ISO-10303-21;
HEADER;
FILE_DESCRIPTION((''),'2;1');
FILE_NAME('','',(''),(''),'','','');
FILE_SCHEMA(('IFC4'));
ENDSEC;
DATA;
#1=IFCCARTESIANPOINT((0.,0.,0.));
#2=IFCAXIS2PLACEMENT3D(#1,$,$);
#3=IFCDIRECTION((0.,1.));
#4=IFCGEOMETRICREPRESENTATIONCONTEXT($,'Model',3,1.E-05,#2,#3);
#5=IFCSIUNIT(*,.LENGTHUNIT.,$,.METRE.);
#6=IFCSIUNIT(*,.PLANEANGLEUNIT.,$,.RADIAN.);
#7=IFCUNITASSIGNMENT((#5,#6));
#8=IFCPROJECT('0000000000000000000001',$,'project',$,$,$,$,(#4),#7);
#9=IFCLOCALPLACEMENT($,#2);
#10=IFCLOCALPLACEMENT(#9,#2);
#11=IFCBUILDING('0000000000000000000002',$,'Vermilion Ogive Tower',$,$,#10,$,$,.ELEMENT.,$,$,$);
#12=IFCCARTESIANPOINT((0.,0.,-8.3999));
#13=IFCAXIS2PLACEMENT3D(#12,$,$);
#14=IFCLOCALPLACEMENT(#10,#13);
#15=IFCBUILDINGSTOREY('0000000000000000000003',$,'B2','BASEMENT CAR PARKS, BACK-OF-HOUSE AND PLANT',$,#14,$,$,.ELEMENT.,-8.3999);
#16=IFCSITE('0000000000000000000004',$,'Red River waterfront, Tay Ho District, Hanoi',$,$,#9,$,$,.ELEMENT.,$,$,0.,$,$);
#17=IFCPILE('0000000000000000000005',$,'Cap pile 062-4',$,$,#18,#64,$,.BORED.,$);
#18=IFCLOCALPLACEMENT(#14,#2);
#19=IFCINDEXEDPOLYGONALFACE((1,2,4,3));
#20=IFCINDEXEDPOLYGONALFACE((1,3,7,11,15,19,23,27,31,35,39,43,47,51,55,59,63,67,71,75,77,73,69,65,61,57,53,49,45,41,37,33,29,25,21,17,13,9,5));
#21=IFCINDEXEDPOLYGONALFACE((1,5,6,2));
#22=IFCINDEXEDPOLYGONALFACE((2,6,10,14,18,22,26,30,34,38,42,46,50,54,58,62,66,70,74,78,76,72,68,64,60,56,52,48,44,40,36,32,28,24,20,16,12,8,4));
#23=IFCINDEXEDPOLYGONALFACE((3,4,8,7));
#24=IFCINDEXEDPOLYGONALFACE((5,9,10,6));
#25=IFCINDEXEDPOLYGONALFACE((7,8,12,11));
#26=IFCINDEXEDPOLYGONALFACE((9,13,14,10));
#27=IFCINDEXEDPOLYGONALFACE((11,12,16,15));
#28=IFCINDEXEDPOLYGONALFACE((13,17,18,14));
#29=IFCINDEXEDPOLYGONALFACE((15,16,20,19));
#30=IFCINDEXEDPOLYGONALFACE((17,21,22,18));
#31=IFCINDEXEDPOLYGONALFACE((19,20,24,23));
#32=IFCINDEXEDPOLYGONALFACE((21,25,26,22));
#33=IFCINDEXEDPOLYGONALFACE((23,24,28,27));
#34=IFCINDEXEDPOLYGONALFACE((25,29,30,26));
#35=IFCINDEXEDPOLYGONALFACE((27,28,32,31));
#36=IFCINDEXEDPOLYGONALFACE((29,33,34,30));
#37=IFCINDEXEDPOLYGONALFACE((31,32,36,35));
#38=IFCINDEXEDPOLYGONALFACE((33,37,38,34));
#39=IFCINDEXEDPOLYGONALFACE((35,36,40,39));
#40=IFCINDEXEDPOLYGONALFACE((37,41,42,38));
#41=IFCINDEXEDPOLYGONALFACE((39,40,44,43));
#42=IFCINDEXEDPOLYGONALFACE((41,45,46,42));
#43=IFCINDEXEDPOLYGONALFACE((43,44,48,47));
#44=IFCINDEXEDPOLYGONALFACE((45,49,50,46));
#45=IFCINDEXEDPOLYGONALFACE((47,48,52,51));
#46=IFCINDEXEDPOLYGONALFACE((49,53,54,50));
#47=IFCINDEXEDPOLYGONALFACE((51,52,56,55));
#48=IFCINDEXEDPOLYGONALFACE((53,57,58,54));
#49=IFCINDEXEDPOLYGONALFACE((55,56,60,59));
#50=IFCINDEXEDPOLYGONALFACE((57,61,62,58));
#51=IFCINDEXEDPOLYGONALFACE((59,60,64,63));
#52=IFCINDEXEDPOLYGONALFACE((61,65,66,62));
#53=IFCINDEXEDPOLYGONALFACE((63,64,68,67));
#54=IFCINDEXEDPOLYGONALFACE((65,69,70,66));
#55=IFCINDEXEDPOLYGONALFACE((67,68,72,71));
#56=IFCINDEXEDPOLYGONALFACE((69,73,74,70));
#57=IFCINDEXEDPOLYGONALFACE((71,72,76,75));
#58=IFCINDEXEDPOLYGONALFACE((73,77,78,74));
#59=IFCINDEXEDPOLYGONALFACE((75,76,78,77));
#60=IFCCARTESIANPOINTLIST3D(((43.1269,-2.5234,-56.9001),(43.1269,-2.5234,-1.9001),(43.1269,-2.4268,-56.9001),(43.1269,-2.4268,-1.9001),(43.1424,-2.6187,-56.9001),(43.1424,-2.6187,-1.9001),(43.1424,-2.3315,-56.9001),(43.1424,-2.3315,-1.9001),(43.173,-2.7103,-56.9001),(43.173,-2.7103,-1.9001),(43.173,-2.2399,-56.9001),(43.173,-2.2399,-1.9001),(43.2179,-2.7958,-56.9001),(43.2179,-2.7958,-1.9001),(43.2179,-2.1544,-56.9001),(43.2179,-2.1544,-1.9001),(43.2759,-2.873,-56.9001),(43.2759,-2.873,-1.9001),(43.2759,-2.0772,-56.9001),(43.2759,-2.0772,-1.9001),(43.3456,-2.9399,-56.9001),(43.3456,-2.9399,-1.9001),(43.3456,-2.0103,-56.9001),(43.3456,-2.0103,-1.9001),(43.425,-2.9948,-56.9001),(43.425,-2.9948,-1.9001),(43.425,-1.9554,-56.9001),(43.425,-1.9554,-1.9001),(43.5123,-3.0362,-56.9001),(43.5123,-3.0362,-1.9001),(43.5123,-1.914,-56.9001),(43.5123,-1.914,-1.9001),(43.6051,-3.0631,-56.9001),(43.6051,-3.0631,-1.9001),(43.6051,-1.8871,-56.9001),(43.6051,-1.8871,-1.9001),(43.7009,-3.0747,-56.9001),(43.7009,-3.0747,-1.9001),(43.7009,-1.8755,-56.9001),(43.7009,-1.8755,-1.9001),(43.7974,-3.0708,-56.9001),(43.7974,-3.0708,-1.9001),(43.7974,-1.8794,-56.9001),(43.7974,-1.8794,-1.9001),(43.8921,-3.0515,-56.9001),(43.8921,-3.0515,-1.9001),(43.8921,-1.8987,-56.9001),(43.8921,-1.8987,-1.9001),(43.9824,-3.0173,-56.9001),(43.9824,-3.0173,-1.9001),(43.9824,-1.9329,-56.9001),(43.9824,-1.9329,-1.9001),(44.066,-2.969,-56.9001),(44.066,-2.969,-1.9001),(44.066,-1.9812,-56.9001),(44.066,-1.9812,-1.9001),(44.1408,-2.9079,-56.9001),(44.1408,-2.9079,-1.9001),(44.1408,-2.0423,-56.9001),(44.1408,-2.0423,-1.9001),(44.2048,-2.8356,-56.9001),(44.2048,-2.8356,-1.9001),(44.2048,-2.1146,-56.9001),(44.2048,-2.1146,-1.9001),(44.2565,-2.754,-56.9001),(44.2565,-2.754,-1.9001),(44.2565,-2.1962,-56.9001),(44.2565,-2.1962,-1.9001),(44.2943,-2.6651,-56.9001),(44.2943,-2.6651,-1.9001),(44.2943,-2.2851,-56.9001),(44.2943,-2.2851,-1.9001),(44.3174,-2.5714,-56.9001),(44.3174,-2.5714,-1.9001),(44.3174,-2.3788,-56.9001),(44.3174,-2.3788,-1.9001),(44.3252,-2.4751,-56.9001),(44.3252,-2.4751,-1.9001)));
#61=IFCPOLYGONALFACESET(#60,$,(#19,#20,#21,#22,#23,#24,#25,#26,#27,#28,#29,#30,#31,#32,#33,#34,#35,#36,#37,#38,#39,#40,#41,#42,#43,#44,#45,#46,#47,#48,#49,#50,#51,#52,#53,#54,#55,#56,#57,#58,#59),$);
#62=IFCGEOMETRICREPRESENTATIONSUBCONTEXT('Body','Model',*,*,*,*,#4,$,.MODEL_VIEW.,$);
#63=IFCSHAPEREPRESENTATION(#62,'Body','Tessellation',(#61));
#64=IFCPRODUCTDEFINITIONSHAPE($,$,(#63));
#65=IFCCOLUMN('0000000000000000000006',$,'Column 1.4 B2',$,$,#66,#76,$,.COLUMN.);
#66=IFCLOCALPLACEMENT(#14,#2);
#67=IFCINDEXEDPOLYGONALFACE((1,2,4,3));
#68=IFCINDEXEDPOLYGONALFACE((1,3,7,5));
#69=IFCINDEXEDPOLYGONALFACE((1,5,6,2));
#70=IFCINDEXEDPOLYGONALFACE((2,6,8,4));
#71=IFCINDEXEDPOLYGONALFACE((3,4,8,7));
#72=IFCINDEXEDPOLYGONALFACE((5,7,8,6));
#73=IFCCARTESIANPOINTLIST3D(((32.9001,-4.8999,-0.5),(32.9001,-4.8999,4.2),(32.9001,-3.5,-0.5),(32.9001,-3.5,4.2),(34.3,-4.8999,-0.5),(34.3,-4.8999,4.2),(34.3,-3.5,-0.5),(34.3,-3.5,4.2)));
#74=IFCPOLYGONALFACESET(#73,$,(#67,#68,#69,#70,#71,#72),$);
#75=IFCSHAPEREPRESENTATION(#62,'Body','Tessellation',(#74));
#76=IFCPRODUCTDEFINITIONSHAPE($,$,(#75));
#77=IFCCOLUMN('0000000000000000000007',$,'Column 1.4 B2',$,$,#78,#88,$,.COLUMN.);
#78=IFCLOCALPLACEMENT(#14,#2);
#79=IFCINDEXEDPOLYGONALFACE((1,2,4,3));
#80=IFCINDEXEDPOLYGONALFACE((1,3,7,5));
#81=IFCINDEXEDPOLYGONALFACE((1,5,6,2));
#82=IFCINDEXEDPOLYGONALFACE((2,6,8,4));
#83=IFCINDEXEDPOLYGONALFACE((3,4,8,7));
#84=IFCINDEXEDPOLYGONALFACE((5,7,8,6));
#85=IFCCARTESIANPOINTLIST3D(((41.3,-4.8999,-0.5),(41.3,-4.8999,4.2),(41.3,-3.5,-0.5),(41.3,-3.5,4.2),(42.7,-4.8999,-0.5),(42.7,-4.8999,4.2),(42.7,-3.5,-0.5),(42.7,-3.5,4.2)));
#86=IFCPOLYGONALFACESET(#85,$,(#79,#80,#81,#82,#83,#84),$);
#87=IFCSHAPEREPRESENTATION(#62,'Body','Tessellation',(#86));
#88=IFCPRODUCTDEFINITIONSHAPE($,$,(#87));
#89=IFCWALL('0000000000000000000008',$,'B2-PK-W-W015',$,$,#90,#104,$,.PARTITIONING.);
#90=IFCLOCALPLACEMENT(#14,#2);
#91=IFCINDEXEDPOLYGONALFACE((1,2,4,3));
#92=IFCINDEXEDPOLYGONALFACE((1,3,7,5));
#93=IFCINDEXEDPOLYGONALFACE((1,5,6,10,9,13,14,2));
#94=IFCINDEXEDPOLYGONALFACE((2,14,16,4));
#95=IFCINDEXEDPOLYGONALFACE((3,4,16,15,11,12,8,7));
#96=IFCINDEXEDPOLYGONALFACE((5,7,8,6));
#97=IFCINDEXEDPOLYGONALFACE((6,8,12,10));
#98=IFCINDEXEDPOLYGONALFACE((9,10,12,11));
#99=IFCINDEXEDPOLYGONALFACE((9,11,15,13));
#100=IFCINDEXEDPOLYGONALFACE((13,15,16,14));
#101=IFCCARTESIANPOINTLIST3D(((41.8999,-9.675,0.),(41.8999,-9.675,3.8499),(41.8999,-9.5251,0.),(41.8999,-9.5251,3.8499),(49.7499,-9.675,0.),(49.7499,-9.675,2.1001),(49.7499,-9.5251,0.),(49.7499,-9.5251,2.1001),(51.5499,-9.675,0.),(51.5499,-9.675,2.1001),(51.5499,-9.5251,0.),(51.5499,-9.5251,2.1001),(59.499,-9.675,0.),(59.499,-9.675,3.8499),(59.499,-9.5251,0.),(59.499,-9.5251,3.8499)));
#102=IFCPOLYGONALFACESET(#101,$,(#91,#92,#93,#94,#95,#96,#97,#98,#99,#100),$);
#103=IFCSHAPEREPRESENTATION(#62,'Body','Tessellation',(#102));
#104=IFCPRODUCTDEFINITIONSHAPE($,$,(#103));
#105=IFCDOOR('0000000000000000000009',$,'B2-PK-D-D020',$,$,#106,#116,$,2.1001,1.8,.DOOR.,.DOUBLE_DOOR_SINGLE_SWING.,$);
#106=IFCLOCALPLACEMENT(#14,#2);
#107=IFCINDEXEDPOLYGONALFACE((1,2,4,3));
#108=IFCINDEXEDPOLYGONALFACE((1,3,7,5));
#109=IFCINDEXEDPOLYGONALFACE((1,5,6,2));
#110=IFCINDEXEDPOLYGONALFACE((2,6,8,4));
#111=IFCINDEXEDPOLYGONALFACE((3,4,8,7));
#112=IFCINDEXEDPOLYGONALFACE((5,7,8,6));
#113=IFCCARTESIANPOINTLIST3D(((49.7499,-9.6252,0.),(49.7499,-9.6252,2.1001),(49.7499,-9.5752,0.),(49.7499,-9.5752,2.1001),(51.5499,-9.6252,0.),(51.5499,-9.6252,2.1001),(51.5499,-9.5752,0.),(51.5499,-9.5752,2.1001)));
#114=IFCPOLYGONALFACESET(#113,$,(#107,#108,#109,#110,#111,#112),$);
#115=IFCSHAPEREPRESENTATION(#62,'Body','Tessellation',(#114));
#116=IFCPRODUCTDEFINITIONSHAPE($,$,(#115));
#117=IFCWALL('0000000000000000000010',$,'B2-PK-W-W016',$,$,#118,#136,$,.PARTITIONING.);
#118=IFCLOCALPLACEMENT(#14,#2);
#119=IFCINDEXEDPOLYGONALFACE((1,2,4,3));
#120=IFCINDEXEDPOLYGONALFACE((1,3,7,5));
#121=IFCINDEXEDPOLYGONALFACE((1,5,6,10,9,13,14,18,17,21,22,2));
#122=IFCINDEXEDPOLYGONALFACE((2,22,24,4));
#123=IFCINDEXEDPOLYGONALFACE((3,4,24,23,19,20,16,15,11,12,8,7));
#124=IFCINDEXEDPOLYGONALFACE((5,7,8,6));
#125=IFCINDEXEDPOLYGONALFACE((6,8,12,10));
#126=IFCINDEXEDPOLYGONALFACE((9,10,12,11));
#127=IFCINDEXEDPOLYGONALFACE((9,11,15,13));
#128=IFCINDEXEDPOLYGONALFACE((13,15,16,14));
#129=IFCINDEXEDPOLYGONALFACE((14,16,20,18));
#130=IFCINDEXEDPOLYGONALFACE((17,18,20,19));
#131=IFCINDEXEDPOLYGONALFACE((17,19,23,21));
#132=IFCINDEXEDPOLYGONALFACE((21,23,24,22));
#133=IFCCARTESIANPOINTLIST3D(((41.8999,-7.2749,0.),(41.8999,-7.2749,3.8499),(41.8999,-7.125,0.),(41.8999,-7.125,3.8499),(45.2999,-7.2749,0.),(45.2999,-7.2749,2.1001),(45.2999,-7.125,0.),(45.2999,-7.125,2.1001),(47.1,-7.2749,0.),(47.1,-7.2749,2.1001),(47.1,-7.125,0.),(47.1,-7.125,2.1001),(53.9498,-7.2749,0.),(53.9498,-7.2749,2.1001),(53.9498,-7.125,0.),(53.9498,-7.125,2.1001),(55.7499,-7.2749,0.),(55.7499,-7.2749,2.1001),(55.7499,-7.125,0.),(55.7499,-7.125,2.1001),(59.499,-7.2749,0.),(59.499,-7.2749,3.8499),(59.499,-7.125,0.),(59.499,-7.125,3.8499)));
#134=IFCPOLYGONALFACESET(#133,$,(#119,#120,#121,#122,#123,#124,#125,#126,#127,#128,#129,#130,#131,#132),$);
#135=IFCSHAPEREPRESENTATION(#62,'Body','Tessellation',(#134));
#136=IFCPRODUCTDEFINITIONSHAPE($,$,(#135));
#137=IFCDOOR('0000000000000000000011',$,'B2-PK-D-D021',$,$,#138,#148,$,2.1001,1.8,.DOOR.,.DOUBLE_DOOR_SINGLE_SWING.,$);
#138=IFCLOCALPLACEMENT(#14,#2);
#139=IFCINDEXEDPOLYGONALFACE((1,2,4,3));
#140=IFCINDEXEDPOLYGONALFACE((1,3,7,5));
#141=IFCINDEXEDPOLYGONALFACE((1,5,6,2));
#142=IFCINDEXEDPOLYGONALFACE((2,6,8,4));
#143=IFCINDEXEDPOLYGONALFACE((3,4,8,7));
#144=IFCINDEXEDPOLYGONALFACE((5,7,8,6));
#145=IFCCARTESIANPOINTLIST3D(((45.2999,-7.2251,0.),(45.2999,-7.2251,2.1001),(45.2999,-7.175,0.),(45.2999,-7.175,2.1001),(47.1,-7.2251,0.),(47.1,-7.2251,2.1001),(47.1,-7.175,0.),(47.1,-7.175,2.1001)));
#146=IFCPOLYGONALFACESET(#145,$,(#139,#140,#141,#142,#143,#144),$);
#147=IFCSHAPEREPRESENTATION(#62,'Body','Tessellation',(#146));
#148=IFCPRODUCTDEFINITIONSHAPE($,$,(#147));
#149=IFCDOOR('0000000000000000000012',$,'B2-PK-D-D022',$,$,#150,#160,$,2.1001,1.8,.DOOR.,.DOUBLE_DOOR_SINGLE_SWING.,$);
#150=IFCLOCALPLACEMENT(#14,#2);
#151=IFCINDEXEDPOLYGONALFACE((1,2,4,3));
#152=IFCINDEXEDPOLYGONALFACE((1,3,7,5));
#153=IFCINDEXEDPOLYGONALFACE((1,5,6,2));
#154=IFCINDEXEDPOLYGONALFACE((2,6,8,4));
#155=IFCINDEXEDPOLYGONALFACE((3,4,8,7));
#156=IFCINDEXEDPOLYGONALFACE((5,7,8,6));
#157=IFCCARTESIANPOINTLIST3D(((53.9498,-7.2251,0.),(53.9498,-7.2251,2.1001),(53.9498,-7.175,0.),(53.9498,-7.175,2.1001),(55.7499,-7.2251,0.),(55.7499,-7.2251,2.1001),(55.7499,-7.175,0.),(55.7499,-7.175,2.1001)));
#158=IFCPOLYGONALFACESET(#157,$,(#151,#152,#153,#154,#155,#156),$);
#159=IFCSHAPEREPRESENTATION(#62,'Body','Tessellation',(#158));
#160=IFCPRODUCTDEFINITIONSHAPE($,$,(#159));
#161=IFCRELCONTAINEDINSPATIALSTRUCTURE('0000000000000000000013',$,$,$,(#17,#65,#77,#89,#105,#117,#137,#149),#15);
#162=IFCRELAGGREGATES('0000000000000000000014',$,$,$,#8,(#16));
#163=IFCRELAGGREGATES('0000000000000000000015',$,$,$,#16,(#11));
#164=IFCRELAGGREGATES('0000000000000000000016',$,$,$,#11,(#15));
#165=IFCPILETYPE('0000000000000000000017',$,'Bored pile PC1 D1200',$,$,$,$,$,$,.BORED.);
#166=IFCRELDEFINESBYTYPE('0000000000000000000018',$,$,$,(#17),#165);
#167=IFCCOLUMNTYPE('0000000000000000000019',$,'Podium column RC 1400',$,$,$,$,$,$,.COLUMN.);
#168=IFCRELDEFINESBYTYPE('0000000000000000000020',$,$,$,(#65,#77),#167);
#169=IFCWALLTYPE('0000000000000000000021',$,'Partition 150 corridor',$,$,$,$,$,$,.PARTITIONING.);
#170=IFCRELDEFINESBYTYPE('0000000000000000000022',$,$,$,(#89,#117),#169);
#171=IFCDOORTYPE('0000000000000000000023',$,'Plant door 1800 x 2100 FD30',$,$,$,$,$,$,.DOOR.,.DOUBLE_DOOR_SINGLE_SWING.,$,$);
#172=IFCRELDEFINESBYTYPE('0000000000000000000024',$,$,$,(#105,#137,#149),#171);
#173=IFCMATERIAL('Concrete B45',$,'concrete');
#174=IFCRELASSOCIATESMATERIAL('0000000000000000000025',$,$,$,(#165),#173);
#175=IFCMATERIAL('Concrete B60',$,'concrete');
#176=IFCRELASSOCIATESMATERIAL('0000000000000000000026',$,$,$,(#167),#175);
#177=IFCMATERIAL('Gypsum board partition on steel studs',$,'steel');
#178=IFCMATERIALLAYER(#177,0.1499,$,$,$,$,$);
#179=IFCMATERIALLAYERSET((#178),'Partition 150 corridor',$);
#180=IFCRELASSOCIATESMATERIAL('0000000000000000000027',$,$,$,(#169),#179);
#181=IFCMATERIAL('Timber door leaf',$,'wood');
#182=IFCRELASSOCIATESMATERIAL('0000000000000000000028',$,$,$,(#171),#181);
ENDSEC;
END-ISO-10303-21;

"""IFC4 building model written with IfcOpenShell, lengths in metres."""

from ifc_helpers import new_model, si_unit, direction, frame, frame_2d, origin, origin_2d, place, context, subcontext, project, spatial, rectangle, circle, extrude, material, layer, layer_set, material_profile, profile_set, type_object, element, fill, save


model = new_model("IFC4")

# Units and contexts
model_context = context("Model", 3, precision=1e-05, world=origin(), true_north=direction((0.0, 1.0)))
body_context = subcontext(model_context, "Body", "Model", "MODEL_VIEW")
ifc_project = project(units=[si_unit("LENGTHUNIT", "METRE"), si_unit("PLANEANGLEUNIT", "RADIAN")], contexts=[model_context])

# Site, building, storey
site_placement = place(None, origin())
site = spatial("IfcSite", under=ifc_project, at=site_placement, Name="Red River waterfront, Tay Ho District, Hanoi", CompositionType="ELEMENT", RefElevation=0.0)
building_placement = place(site_placement, origin())
building = spatial("IfcBuilding", under=site, at=building_placement, Name="Vermilion Ogive Tower", CompositionType="ELEMENT")
storey_placement = place(building_placement, frame((0.0, 0.0, -8.3999)))
storey = spatial("IfcBuildingStorey", under=building, at=storey_placement, Name="B2", Description="BASEMENT CAR PARKS, BACK-OF-HOUSE AND PLANT", CompositionType="ELEMENT", Elevation=-8.3999)

# Pile
ifc_material_1 = material(Name="Concrete B45", Category="concrete")
pile_type = type_object("IfcPileType", Name="Bored pile PC1 D1200", PredefinedType="BORED", material=ifc_material_1)
for number, where, z_axis, x_axis, name in (
    (1, (43.7251, -2.4751, -1.9001), (0.0, 0.0, -1.0), (1.0, 0.0, 0.0), "Cap pile 062-4"),
):
    element("IfcPile", number, at=place(storey_placement, frame(where, z_axis=z_axis, x_axis=x_axis)), inside=storey, type_object=pile_type, Name=name, PredefinedType="BORED", context=body_context, shape_type="SweptSolid", body=[
        extrude(circle(Radius=0.6001, at=origin_2d()), origin(), (0.0, 0.0, 1.0), 55.0),
    ])

# Columns
ifc_material_2 = material(Name="Concrete B60", Category="concrete")
ifc_material_profile = material_profile(ifc_material_2, rectangle(XDim=1.3999, YDim=1.3999, at=origin_2d()), Name="RC 1400x1400")
ifc_profile_set = profile_set([ifc_material_profile], Name="Concrete B60")
column_type = type_object("IfcColumnType", Name="Podium column RC 1400", PredefinedType="COLUMN", material=ifc_profile_set)
for number, where, z_axis, x_axis, name in (
    (2, (33.6001, -4.2, -0.5), (0.0, 0.0, 1.0), (1.0, 0.0, 0.0), "Column 1.4 B2"),
    (3, (42.0, -4.2, -0.5), (0.0, 0.0, 1.0), (1.0, 0.0, 0.0), "Column 1.4 B2"),
):
    element("IfcColumn", number, at=place(storey_placement, frame(where, z_axis=z_axis, x_axis=x_axis)), inside=storey, type_object=column_type, Name=name, PredefinedType="COLUMN", context=body_context, shape_type="SweptSolid", body=[
        extrude(rectangle(XDim=1.3999, YDim=1.3999, at=origin_2d()), origin(), (0.0, 0.0, 1.0), 4.7),
    ])

# Wall, opening, door
ifc_material_3 = material(Name="Gypsum board partition on steel studs", Category="steel")
ifc_layer_1 = layer(ifc_material_3, 0.1499)
ifc_layer_set_1 = layer_set([ifc_layer_1], Name="Partition 150 corridor")
wall_type_1 = type_object("IfcWallType", Name="Partition 150 corridor", PredefinedType="PARTITIONING", material=ifc_layer_set_1)
wall_1_placement = place(storey_placement, frame((41.8999, -9.6001, 0.0), z_axis=(0.0, 0.0, 1.0), x_axis=(1.0, 0.0, 0.0)))
wall_1 = element("IfcWall", 4, at=wall_1_placement, inside=storey, type_object=wall_type_1, Name="B2-PK-W-W015", PredefinedType="PARTITIONING", context=body_context, shape_type="SweptSolid", body=[
    extrude(rectangle(XDim=17.5991, YDim=0.1499, at=frame_2d((8.7996, 0.0))), origin(), (0.0, 0.0, 1.0), 3.8499),
])
opening_1_placement = place(wall_1_placement, frame((7.8501, 0.0, 0.0)))
opening_1 = element("IfcOpeningElement", 5, at=opening_1_placement, cuts=wall_1, PredefinedType="OPENING", context=body_context, shape_type="SweptSolid", body=[
    extrude(rectangle(XDim=1.8, YDim=2.1001, at=frame_2d((0.8999, 1.05))), frame((0.0, 0.085, 0.0), z_axis=(0.0, -1.0, 0.0), x_axis=(1.0, 0.0, 0.0)), (0.0, 0.0, 1.0), 0.1699),
])
ifc_material_4 = material(Name="Timber door leaf", Category="wood")
door_type_1 = type_object("IfcDoorType", Name="Plant door 1800 x 2100 FD30", OperationType="DOUBLE_DOOR_SINGLE_SWING", PredefinedType="DOOR", material=ifc_material_4)
door_1_placement = place(opening_1_placement, origin())
door_1 = element("IfcDoor", 6, at=door_1_placement, inside=storey, type_object=door_type_1, Name="B2-PK-D-D020", OperationType="DOUBLE_DOOR_SINGLE_SWING", OverallHeight=2.1001, OverallWidth=1.8, PredefinedType="DOOR", context=body_context, shape_type="SweptSolid", body=[
    extrude(rectangle(XDim=1.8, YDim=2.1001, at=frame_2d((0.8999, 1.05))), frame((0.0, 0.0249, 0.0), z_axis=(0.0, -1.0, 0.0), x_axis=(1.0, 0.0, 0.0)), (0.0, 0.0, 1.0), 0.05),
])
fill(opening_1, door_1)

# Wall, openings, doors
wall_2_placement = place(storey_placement, frame((41.8999, -7.2, 0.0), z_axis=(0.0, 0.0, 1.0), x_axis=(1.0, 0.0, 0.0)))
wall_2 = element("IfcWall", 7, at=wall_2_placement, inside=storey, type_object=wall_type_1, Name="B2-PK-W-W016", PredefinedType="PARTITIONING", context=body_context, shape_type="SweptSolid", body=[
    extrude(rectangle(XDim=17.5991, YDim=0.1499, at=frame_2d((8.7996, 0.0))), origin(), (0.0, 0.0, 1.0), 3.8499),
])
opening_2_placement = place(wall_2_placement, frame((3.4001, 0.0, 0.0)))
opening_2 = element("IfcOpeningElement", 8, at=opening_2_placement, cuts=wall_2, PredefinedType="OPENING", context=body_context, shape_type="SweptSolid", body=[
    extrude(rectangle(XDim=1.8, YDim=2.1001, at=frame_2d((0.8999, 1.05))), frame((0.0, 0.085, 0.0), z_axis=(0.0, -1.0, 0.0), x_axis=(1.0, 0.0, 0.0)), (0.0, 0.0, 1.0), 0.1699),
])
opening_3_placement = place(wall_2_placement, frame((12.05, 0.0, 0.0)))
opening_3 = element("IfcOpeningElement", 9, at=opening_3_placement, cuts=wall_2, PredefinedType="OPENING", context=body_context, shape_type="SweptSolid", body=[
    extrude(rectangle(XDim=1.8, YDim=2.1001, at=frame_2d((0.8999, 1.05))), frame((0.0, 0.085, 0.0), z_axis=(0.0, -1.0, 0.0), x_axis=(1.0, 0.0, 0.0)), (0.0, 0.0, 1.0), 0.1699),
])
door_2_placement = place(opening_2_placement, origin())
door_2 = element("IfcDoor", 10, at=door_2_placement, inside=storey, type_object=door_type_1, Name="B2-PK-D-D021", OperationType="DOUBLE_DOOR_SINGLE_SWING", OverallHeight=2.1001, OverallWidth=1.8, PredefinedType="DOOR", context=body_context, shape_type="SweptSolid", body=[
    extrude(rectangle(XDim=1.8, YDim=2.1001, at=frame_2d((0.8999, 1.05))), frame((0.0, 0.0249, 0.0), z_axis=(0.0, -1.0, 0.0), x_axis=(1.0, 0.0, 0.0)), (0.0, 0.0, 1.0), 0.05),
])
fill(opening_2, door_2)
door_3_placement = place(opening_3_placement, origin())
door_3 = element("IfcDoor", 11, at=door_3_placement, inside=storey, type_object=door_type_1, Name="B2-PK-D-D022", OperationType="DOUBLE_DOOR_SINGLE_SWING", OverallHeight=2.1001, OverallWidth=1.8, PredefinedType="DOOR", context=body_context, shape_type="SweptSolid", body=[
    extrude(rectangle(XDim=1.8, YDim=2.1001, at=frame_2d((0.8999, 1.05))), frame((0.0, 0.0249, 0.0), z_axis=(0.0, -1.0, 0.0), x_axis=(1.0, 0.0, 0.0)), (0.0, 0.0, 1.0), 0.05),
])
fill(opening_3, door_3)

save(model, "model.ifc")
